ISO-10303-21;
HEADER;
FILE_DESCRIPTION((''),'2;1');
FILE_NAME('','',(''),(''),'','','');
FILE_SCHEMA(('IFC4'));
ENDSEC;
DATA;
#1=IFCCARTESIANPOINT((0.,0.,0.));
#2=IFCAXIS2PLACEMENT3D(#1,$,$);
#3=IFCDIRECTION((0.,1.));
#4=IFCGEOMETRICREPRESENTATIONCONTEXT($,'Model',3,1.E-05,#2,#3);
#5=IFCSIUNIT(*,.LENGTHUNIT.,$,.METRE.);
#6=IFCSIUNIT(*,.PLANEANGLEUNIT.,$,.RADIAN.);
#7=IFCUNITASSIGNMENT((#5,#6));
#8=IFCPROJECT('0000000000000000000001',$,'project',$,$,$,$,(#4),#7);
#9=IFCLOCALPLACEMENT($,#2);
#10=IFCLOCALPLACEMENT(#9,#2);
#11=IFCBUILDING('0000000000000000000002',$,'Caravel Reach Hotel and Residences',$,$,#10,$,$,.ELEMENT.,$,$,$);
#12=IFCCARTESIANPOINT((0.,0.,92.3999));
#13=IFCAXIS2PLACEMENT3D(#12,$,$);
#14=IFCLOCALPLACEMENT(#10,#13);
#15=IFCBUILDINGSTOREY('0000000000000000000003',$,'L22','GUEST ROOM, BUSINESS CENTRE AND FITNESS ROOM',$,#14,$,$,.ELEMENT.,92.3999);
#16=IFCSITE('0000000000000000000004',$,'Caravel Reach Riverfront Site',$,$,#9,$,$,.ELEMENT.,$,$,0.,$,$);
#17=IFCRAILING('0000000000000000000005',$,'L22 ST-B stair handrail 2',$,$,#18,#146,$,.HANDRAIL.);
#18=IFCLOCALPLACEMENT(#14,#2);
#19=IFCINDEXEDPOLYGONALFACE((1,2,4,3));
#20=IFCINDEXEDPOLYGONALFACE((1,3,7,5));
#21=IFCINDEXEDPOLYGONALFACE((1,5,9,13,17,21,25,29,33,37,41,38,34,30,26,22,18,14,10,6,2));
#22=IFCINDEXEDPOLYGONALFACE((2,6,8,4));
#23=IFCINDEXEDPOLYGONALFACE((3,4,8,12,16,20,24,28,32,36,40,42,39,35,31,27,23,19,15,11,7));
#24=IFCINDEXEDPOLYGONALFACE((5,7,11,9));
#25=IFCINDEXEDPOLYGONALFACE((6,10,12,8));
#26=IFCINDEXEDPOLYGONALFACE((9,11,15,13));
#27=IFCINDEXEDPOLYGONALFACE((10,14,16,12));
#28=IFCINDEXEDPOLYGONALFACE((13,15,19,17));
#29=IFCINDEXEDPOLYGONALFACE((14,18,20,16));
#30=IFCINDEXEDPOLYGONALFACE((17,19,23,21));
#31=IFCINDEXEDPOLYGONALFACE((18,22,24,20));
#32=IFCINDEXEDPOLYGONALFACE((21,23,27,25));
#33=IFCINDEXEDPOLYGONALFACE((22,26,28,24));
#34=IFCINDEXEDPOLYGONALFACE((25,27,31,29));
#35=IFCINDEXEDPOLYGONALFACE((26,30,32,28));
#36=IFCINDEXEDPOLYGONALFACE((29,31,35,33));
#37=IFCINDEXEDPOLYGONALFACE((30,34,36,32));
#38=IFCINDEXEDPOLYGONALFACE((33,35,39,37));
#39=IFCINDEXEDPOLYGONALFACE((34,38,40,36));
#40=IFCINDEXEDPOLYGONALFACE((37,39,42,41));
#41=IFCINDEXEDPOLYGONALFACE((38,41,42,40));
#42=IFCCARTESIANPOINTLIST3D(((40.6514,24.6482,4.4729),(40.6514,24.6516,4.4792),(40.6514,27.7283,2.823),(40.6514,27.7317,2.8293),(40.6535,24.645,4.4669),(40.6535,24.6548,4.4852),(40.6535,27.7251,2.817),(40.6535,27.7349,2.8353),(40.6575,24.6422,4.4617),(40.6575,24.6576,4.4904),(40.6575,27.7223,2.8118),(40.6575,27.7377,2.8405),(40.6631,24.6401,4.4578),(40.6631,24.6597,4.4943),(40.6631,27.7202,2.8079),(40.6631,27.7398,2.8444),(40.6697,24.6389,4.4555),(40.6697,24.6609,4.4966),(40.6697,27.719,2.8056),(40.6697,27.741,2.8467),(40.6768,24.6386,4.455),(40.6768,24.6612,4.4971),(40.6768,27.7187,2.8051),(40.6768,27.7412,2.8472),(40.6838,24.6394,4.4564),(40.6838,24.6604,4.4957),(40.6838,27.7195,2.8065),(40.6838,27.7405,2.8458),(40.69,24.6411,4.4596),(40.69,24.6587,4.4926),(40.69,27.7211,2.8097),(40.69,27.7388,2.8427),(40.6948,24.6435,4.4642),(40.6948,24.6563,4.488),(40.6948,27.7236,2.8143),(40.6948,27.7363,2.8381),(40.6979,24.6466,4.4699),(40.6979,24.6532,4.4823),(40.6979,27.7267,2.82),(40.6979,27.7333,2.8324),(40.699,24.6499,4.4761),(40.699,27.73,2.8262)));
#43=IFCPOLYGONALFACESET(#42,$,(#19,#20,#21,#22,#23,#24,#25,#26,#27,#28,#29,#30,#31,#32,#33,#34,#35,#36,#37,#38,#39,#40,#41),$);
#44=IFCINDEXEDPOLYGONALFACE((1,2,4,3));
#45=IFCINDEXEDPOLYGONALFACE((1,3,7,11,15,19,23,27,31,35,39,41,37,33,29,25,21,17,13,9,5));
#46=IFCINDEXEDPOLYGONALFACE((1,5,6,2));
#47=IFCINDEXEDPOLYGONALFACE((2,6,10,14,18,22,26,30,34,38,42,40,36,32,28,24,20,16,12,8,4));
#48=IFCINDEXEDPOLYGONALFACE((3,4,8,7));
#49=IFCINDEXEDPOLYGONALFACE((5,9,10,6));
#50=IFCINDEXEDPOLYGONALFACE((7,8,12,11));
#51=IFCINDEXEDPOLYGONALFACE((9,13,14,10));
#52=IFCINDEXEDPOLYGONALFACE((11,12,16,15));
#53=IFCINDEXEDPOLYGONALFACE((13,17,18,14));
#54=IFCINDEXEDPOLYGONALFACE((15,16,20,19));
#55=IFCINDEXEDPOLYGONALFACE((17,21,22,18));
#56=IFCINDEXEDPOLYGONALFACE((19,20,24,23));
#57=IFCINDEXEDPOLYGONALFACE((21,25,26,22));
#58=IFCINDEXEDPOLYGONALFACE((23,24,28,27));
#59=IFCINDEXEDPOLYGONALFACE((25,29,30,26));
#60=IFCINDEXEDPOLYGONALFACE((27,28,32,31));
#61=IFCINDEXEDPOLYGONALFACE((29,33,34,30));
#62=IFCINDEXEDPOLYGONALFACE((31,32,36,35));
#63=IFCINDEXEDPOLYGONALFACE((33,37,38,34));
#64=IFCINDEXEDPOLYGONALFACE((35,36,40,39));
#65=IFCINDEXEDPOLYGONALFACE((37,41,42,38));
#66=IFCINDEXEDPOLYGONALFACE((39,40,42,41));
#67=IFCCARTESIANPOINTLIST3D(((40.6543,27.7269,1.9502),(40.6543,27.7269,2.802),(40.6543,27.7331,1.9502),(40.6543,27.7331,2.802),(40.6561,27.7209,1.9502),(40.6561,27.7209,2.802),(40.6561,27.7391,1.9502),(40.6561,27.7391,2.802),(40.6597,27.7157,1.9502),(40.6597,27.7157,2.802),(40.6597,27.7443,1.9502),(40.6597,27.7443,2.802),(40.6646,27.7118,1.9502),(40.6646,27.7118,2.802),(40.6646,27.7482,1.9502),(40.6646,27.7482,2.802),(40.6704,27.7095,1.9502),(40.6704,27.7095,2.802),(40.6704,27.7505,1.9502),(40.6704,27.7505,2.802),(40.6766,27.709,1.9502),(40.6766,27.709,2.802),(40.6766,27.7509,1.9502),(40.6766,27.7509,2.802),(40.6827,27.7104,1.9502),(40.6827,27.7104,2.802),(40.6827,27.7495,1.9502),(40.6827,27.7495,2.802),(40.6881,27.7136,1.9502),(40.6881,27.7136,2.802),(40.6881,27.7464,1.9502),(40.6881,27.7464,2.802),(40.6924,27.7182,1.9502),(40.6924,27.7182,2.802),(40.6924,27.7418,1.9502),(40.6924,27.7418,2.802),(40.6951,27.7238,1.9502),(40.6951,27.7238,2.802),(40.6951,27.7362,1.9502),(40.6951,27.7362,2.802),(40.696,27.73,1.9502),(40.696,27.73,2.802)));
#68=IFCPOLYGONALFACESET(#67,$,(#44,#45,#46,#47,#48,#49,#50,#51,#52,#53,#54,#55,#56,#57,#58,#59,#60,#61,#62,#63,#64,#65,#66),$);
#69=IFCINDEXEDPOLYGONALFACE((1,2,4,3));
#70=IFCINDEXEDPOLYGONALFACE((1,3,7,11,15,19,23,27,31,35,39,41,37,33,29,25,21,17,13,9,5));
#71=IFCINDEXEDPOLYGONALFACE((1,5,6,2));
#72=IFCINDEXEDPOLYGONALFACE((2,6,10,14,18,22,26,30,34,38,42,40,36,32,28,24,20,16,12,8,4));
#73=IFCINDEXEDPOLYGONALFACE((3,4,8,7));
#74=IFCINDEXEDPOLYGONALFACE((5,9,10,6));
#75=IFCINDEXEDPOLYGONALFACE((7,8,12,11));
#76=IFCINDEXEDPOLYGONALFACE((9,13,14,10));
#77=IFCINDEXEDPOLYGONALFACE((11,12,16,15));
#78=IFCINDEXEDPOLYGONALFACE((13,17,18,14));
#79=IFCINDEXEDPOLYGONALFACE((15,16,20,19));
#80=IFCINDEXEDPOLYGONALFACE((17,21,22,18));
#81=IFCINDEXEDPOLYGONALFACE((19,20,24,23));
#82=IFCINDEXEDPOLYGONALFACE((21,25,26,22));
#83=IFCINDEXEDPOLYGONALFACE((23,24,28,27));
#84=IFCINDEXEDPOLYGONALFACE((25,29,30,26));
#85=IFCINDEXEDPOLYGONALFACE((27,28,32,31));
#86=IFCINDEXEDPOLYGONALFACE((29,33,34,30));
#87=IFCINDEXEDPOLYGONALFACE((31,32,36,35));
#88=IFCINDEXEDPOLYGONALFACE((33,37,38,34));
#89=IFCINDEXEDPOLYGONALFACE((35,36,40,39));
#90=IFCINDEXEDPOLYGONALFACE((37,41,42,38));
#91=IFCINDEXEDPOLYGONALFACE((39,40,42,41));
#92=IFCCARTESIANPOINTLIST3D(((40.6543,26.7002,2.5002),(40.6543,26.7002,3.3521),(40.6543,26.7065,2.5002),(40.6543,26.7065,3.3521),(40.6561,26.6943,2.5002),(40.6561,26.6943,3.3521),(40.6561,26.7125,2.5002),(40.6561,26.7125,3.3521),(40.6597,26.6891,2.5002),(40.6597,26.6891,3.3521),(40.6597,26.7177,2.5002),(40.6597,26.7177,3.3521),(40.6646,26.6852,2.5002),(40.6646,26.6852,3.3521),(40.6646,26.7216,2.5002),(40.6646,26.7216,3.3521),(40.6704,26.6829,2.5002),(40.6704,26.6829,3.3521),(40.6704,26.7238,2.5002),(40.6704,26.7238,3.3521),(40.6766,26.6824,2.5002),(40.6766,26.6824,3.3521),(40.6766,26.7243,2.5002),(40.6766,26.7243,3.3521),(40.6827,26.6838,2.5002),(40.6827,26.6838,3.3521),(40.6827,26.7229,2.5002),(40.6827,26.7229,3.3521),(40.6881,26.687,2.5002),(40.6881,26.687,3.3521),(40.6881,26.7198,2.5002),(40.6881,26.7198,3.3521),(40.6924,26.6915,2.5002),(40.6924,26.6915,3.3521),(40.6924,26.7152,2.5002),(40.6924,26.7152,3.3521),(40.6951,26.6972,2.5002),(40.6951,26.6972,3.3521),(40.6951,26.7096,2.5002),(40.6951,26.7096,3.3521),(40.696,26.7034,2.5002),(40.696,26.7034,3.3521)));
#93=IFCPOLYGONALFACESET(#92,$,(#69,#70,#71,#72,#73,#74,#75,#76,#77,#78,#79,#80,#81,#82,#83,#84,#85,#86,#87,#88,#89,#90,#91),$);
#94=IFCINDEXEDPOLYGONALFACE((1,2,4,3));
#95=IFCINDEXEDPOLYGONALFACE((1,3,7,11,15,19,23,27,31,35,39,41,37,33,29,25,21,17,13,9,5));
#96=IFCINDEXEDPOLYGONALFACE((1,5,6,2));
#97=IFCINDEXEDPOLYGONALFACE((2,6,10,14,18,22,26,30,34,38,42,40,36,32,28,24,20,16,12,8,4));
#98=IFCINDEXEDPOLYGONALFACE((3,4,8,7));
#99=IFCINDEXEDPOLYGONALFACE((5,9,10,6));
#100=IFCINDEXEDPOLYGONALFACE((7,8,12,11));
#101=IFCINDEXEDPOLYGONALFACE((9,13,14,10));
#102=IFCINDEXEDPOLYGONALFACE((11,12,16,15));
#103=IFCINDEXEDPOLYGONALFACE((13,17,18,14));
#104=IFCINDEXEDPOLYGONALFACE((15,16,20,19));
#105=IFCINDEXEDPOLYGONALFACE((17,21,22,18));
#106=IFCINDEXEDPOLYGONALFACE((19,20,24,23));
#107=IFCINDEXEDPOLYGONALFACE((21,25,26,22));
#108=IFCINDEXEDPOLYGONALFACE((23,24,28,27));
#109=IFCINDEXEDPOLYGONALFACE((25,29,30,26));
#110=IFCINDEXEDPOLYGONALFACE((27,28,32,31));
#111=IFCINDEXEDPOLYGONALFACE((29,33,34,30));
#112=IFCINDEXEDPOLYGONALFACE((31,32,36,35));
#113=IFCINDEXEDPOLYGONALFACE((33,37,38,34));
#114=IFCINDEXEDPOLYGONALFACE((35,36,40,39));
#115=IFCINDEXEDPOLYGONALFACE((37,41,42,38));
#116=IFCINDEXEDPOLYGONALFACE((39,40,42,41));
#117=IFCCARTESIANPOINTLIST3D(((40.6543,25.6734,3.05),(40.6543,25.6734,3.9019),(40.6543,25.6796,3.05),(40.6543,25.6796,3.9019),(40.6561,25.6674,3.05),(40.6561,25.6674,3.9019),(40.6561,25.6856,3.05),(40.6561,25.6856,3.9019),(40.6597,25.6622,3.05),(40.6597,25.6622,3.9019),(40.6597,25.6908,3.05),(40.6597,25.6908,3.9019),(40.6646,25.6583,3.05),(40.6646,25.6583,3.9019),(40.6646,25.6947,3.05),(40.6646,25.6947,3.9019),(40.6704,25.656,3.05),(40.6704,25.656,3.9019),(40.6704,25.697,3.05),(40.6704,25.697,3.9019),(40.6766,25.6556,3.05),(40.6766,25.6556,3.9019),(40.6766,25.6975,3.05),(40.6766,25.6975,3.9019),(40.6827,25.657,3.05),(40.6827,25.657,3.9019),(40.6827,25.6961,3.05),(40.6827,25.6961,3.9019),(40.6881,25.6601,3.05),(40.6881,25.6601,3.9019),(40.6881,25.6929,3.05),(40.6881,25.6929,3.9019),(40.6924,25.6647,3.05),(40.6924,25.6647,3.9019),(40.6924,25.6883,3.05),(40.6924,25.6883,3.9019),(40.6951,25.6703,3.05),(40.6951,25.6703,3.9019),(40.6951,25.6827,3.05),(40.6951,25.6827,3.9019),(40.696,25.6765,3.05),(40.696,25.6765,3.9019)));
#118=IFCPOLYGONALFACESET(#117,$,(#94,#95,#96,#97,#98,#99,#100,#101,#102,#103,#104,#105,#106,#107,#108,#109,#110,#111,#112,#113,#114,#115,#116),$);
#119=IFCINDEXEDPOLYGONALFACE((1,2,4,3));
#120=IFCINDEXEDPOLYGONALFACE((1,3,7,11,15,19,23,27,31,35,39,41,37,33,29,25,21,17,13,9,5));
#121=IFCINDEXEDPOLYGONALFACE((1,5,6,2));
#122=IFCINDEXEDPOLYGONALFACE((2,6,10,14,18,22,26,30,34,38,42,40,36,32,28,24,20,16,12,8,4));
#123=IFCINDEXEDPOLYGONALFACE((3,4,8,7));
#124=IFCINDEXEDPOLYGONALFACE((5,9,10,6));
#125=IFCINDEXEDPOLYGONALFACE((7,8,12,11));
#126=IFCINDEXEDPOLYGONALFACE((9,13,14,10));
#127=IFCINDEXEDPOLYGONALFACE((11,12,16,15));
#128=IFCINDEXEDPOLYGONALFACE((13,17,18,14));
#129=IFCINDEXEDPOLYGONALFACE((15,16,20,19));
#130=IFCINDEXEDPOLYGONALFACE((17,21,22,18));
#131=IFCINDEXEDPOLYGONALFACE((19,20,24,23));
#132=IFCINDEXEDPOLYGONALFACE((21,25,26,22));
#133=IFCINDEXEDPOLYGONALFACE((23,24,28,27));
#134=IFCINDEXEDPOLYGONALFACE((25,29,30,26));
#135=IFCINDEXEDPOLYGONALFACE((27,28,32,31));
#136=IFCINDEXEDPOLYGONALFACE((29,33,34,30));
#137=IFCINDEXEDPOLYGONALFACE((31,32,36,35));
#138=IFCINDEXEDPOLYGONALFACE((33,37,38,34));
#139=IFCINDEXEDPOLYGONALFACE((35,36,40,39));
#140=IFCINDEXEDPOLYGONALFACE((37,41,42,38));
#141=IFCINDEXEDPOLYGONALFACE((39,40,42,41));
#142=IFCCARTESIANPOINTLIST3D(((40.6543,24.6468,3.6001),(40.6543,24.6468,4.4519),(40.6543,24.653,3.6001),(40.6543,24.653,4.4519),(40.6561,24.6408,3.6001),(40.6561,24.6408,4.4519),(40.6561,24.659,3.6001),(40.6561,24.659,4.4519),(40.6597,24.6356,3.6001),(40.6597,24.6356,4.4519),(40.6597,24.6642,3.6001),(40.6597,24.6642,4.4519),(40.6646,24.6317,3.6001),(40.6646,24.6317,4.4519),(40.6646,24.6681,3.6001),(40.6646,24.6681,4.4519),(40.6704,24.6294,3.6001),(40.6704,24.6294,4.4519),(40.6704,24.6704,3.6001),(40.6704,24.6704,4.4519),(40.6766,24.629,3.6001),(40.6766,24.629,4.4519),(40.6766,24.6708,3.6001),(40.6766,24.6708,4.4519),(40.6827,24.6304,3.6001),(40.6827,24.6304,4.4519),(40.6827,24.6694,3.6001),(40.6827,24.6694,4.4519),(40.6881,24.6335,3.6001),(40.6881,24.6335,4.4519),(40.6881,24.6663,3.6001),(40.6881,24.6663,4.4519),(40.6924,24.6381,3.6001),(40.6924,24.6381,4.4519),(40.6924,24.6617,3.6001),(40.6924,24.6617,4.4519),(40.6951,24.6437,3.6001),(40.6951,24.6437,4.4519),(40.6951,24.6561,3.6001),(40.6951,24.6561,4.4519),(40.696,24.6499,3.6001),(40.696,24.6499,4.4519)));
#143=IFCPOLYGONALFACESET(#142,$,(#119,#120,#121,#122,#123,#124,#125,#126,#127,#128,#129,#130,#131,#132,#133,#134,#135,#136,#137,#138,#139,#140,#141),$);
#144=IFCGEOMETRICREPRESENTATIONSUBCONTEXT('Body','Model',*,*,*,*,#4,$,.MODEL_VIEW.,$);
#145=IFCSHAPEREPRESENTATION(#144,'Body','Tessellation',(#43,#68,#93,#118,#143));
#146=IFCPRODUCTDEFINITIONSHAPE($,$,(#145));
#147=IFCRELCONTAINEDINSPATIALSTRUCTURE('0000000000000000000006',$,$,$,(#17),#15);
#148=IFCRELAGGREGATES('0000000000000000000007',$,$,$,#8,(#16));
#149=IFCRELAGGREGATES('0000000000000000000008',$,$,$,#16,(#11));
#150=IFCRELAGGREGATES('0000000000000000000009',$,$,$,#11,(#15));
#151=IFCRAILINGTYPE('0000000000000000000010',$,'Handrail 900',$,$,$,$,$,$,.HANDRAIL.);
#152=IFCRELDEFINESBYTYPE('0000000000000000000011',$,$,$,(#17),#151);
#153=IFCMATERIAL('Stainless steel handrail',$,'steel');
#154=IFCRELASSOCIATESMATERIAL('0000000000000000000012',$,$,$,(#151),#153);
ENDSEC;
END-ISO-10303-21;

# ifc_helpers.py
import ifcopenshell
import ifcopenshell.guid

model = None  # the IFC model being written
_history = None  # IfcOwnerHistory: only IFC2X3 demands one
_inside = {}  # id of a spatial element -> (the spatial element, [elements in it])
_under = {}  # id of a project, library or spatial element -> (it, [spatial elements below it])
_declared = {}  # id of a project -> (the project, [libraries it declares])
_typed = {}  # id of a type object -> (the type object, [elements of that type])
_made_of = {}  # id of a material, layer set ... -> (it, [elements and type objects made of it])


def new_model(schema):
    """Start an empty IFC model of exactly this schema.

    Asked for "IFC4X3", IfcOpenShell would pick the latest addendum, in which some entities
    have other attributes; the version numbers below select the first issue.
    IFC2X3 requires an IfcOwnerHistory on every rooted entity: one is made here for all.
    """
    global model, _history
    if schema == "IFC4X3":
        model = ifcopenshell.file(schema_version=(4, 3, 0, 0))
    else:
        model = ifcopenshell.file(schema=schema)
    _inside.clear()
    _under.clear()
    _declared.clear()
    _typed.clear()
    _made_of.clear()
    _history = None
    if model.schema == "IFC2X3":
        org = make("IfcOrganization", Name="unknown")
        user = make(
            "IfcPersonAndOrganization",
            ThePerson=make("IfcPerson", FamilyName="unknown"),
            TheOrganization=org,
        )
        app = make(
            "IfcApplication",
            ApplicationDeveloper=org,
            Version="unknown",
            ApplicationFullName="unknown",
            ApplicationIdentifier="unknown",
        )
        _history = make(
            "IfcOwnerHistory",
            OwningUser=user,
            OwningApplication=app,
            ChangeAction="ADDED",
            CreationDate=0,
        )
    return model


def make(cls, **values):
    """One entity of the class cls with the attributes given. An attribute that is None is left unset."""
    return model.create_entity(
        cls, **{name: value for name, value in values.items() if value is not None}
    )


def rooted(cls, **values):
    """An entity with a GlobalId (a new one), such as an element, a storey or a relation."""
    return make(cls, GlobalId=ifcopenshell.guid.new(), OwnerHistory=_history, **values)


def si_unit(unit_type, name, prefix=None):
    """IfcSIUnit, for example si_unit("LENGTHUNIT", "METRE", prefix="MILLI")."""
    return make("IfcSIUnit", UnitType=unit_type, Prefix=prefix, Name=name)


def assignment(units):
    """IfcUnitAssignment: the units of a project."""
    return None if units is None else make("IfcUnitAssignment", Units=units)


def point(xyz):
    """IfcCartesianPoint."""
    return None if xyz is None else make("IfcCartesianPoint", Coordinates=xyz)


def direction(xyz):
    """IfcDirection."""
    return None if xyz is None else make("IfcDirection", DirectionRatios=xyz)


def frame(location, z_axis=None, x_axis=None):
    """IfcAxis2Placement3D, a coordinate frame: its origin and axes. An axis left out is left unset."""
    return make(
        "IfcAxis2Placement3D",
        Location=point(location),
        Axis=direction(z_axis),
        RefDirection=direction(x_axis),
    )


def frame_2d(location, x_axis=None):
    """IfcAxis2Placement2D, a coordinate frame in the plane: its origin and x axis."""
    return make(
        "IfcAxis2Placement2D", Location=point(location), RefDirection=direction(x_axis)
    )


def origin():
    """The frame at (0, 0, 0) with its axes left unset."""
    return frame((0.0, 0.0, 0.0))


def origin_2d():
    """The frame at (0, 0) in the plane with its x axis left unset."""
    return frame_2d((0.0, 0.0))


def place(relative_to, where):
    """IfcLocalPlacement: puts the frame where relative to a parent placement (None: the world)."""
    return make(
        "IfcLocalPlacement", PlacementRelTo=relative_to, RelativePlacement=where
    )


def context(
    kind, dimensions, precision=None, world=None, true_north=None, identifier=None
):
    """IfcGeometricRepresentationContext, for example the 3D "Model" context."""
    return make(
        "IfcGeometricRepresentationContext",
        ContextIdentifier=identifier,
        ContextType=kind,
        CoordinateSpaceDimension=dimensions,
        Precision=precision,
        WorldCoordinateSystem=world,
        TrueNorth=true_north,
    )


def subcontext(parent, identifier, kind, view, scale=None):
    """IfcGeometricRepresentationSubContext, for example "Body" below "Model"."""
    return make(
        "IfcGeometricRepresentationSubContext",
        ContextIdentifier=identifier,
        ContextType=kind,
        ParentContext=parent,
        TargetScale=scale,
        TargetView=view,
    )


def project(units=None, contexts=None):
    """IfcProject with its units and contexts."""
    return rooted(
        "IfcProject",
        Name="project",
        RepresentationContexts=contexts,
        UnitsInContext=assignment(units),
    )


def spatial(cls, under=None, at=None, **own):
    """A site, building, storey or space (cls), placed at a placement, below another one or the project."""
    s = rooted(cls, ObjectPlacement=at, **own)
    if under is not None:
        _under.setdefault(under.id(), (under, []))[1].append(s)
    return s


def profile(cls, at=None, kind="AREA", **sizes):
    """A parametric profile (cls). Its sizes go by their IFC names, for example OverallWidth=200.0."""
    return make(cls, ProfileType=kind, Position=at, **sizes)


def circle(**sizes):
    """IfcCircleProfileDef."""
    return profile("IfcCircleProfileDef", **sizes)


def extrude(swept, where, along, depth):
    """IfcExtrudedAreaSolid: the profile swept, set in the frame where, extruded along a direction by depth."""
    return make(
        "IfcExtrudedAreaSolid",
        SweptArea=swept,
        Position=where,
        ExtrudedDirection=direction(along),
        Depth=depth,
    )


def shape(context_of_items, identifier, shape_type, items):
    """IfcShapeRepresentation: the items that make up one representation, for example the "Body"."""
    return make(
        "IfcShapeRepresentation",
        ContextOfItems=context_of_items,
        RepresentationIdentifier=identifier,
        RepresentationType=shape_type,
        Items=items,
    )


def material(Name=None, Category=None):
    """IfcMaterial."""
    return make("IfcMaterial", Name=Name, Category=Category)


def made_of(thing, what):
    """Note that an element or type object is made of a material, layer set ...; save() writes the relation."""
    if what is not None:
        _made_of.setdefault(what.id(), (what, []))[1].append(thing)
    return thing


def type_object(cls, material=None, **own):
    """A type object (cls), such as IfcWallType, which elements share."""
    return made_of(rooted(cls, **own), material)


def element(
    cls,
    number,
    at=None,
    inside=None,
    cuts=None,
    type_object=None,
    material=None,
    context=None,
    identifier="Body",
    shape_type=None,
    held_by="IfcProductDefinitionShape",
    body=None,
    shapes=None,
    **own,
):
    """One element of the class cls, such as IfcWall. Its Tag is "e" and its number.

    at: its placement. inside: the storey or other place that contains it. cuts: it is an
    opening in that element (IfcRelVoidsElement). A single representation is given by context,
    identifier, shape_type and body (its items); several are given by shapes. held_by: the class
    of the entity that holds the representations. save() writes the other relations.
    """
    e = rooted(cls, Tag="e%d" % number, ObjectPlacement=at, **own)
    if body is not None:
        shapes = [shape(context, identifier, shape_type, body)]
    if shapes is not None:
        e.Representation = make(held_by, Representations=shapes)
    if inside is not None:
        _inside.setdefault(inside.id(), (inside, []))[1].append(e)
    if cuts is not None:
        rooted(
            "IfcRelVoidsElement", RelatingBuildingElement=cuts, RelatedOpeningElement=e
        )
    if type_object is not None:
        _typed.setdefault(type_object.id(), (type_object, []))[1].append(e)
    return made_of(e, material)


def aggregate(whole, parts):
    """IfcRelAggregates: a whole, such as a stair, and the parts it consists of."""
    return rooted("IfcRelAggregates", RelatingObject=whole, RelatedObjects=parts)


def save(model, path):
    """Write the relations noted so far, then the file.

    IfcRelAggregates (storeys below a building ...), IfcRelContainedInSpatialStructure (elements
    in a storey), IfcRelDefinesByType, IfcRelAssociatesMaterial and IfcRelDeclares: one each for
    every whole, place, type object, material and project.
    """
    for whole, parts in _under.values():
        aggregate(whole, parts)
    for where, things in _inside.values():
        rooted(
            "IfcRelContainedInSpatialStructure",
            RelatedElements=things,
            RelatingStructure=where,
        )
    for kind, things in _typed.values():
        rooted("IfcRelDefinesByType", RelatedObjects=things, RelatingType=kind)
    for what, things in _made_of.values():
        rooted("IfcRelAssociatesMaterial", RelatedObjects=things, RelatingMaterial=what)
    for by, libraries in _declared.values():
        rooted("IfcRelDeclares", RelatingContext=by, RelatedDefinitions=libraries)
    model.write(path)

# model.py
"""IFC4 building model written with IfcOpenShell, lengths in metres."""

from ifc_helpers import new_model, si_unit, direction, frame, origin, origin_2d, place, context, subcontext, project, spatial, circle, extrude, material, type_object, element, save


model = new_model("IFC4")

# Units and contexts
model_context = context("Model", 3, precision=1e-05, world=origin(), true_north=direction((0.0, 1.0)))
body_context = subcontext(model_context, "Body", "Model", "MODEL_VIEW")
ifc_project = project(units=[si_unit("LENGTHUNIT", "METRE"), si_unit("PLANEANGLEUNIT", "RADIAN")], contexts=[model_context])

# Site, building, storey
site_placement = place(None, origin())
site = spatial("IfcSite", under=ifc_project, at=site_placement, Name="Caravel Reach Riverfront Site", CompositionType="ELEMENT", RefElevation=0.0)
building_placement = place(site_placement, origin())
building = spatial("IfcBuilding", under=site, at=building_placement, Name="Caravel Reach Hotel and Residences", CompositionType="ELEMENT")
storey_placement = place(building_placement, frame((0.0, 0.0, 92.3999)))
storey = spatial("IfcBuildingStorey", under=building, at=storey_placement, Name="L22", Description="GUEST ROOM, BUSINESS CENTRE AND FITNESS ROOM", CompositionType="ELEMENT", Elevation=92.3999)

# Railing
ifc_material_1 = material(Name="Stainless steel handrail", Category="steel")
railing_type_1 = type_object("IfcRailingType", Name="Handrail 900", PredefinedType="HANDRAIL", material=ifc_material_1)
railing_1_placement = place(storey_placement, frame((40.675, 27.73, 1.9502)))
element("IfcRailing", 1, at=railing_1_placement, inside=storey, type_object=railing_type_1, Name="L22 ST-B stair handrail 2", PredefinedType="HANDRAIL", context=body_context, shape_type="SweptSolid", body=[
    extrude(circle(Radius=0.0239, at=origin_2d()), frame((0.0, 0.0, 0.876), z_axis=(0.0, -0.881497, 0.47219), x_axis=(1.0, 0.0, 0.0)), (0.0, 0.0, 1.0), 3.4941),
    extrude(circle(Radius=0.021, at=origin_2d()), origin(), (0.0, 0.0, 1.0), 0.8518),
    extrude(circle(Radius=0.021, at=origin_2d()), frame((0.0, -1.0266, 0.55)), (0.0, 0.0, 1.0), 0.8518),
    extrude(circle(Radius=0.021, at=origin_2d()), frame((0.0, -2.0535, 1.0999)), (0.0, 0.0, 1.0), 0.8518),
    extrude(circle(Radius=0.021, at=origin_2d()), frame((0.0, -3.0801, 1.6499)), (0.0, 0.0, 1.0), 0.8518),
])

save(model, "model.ifc")
